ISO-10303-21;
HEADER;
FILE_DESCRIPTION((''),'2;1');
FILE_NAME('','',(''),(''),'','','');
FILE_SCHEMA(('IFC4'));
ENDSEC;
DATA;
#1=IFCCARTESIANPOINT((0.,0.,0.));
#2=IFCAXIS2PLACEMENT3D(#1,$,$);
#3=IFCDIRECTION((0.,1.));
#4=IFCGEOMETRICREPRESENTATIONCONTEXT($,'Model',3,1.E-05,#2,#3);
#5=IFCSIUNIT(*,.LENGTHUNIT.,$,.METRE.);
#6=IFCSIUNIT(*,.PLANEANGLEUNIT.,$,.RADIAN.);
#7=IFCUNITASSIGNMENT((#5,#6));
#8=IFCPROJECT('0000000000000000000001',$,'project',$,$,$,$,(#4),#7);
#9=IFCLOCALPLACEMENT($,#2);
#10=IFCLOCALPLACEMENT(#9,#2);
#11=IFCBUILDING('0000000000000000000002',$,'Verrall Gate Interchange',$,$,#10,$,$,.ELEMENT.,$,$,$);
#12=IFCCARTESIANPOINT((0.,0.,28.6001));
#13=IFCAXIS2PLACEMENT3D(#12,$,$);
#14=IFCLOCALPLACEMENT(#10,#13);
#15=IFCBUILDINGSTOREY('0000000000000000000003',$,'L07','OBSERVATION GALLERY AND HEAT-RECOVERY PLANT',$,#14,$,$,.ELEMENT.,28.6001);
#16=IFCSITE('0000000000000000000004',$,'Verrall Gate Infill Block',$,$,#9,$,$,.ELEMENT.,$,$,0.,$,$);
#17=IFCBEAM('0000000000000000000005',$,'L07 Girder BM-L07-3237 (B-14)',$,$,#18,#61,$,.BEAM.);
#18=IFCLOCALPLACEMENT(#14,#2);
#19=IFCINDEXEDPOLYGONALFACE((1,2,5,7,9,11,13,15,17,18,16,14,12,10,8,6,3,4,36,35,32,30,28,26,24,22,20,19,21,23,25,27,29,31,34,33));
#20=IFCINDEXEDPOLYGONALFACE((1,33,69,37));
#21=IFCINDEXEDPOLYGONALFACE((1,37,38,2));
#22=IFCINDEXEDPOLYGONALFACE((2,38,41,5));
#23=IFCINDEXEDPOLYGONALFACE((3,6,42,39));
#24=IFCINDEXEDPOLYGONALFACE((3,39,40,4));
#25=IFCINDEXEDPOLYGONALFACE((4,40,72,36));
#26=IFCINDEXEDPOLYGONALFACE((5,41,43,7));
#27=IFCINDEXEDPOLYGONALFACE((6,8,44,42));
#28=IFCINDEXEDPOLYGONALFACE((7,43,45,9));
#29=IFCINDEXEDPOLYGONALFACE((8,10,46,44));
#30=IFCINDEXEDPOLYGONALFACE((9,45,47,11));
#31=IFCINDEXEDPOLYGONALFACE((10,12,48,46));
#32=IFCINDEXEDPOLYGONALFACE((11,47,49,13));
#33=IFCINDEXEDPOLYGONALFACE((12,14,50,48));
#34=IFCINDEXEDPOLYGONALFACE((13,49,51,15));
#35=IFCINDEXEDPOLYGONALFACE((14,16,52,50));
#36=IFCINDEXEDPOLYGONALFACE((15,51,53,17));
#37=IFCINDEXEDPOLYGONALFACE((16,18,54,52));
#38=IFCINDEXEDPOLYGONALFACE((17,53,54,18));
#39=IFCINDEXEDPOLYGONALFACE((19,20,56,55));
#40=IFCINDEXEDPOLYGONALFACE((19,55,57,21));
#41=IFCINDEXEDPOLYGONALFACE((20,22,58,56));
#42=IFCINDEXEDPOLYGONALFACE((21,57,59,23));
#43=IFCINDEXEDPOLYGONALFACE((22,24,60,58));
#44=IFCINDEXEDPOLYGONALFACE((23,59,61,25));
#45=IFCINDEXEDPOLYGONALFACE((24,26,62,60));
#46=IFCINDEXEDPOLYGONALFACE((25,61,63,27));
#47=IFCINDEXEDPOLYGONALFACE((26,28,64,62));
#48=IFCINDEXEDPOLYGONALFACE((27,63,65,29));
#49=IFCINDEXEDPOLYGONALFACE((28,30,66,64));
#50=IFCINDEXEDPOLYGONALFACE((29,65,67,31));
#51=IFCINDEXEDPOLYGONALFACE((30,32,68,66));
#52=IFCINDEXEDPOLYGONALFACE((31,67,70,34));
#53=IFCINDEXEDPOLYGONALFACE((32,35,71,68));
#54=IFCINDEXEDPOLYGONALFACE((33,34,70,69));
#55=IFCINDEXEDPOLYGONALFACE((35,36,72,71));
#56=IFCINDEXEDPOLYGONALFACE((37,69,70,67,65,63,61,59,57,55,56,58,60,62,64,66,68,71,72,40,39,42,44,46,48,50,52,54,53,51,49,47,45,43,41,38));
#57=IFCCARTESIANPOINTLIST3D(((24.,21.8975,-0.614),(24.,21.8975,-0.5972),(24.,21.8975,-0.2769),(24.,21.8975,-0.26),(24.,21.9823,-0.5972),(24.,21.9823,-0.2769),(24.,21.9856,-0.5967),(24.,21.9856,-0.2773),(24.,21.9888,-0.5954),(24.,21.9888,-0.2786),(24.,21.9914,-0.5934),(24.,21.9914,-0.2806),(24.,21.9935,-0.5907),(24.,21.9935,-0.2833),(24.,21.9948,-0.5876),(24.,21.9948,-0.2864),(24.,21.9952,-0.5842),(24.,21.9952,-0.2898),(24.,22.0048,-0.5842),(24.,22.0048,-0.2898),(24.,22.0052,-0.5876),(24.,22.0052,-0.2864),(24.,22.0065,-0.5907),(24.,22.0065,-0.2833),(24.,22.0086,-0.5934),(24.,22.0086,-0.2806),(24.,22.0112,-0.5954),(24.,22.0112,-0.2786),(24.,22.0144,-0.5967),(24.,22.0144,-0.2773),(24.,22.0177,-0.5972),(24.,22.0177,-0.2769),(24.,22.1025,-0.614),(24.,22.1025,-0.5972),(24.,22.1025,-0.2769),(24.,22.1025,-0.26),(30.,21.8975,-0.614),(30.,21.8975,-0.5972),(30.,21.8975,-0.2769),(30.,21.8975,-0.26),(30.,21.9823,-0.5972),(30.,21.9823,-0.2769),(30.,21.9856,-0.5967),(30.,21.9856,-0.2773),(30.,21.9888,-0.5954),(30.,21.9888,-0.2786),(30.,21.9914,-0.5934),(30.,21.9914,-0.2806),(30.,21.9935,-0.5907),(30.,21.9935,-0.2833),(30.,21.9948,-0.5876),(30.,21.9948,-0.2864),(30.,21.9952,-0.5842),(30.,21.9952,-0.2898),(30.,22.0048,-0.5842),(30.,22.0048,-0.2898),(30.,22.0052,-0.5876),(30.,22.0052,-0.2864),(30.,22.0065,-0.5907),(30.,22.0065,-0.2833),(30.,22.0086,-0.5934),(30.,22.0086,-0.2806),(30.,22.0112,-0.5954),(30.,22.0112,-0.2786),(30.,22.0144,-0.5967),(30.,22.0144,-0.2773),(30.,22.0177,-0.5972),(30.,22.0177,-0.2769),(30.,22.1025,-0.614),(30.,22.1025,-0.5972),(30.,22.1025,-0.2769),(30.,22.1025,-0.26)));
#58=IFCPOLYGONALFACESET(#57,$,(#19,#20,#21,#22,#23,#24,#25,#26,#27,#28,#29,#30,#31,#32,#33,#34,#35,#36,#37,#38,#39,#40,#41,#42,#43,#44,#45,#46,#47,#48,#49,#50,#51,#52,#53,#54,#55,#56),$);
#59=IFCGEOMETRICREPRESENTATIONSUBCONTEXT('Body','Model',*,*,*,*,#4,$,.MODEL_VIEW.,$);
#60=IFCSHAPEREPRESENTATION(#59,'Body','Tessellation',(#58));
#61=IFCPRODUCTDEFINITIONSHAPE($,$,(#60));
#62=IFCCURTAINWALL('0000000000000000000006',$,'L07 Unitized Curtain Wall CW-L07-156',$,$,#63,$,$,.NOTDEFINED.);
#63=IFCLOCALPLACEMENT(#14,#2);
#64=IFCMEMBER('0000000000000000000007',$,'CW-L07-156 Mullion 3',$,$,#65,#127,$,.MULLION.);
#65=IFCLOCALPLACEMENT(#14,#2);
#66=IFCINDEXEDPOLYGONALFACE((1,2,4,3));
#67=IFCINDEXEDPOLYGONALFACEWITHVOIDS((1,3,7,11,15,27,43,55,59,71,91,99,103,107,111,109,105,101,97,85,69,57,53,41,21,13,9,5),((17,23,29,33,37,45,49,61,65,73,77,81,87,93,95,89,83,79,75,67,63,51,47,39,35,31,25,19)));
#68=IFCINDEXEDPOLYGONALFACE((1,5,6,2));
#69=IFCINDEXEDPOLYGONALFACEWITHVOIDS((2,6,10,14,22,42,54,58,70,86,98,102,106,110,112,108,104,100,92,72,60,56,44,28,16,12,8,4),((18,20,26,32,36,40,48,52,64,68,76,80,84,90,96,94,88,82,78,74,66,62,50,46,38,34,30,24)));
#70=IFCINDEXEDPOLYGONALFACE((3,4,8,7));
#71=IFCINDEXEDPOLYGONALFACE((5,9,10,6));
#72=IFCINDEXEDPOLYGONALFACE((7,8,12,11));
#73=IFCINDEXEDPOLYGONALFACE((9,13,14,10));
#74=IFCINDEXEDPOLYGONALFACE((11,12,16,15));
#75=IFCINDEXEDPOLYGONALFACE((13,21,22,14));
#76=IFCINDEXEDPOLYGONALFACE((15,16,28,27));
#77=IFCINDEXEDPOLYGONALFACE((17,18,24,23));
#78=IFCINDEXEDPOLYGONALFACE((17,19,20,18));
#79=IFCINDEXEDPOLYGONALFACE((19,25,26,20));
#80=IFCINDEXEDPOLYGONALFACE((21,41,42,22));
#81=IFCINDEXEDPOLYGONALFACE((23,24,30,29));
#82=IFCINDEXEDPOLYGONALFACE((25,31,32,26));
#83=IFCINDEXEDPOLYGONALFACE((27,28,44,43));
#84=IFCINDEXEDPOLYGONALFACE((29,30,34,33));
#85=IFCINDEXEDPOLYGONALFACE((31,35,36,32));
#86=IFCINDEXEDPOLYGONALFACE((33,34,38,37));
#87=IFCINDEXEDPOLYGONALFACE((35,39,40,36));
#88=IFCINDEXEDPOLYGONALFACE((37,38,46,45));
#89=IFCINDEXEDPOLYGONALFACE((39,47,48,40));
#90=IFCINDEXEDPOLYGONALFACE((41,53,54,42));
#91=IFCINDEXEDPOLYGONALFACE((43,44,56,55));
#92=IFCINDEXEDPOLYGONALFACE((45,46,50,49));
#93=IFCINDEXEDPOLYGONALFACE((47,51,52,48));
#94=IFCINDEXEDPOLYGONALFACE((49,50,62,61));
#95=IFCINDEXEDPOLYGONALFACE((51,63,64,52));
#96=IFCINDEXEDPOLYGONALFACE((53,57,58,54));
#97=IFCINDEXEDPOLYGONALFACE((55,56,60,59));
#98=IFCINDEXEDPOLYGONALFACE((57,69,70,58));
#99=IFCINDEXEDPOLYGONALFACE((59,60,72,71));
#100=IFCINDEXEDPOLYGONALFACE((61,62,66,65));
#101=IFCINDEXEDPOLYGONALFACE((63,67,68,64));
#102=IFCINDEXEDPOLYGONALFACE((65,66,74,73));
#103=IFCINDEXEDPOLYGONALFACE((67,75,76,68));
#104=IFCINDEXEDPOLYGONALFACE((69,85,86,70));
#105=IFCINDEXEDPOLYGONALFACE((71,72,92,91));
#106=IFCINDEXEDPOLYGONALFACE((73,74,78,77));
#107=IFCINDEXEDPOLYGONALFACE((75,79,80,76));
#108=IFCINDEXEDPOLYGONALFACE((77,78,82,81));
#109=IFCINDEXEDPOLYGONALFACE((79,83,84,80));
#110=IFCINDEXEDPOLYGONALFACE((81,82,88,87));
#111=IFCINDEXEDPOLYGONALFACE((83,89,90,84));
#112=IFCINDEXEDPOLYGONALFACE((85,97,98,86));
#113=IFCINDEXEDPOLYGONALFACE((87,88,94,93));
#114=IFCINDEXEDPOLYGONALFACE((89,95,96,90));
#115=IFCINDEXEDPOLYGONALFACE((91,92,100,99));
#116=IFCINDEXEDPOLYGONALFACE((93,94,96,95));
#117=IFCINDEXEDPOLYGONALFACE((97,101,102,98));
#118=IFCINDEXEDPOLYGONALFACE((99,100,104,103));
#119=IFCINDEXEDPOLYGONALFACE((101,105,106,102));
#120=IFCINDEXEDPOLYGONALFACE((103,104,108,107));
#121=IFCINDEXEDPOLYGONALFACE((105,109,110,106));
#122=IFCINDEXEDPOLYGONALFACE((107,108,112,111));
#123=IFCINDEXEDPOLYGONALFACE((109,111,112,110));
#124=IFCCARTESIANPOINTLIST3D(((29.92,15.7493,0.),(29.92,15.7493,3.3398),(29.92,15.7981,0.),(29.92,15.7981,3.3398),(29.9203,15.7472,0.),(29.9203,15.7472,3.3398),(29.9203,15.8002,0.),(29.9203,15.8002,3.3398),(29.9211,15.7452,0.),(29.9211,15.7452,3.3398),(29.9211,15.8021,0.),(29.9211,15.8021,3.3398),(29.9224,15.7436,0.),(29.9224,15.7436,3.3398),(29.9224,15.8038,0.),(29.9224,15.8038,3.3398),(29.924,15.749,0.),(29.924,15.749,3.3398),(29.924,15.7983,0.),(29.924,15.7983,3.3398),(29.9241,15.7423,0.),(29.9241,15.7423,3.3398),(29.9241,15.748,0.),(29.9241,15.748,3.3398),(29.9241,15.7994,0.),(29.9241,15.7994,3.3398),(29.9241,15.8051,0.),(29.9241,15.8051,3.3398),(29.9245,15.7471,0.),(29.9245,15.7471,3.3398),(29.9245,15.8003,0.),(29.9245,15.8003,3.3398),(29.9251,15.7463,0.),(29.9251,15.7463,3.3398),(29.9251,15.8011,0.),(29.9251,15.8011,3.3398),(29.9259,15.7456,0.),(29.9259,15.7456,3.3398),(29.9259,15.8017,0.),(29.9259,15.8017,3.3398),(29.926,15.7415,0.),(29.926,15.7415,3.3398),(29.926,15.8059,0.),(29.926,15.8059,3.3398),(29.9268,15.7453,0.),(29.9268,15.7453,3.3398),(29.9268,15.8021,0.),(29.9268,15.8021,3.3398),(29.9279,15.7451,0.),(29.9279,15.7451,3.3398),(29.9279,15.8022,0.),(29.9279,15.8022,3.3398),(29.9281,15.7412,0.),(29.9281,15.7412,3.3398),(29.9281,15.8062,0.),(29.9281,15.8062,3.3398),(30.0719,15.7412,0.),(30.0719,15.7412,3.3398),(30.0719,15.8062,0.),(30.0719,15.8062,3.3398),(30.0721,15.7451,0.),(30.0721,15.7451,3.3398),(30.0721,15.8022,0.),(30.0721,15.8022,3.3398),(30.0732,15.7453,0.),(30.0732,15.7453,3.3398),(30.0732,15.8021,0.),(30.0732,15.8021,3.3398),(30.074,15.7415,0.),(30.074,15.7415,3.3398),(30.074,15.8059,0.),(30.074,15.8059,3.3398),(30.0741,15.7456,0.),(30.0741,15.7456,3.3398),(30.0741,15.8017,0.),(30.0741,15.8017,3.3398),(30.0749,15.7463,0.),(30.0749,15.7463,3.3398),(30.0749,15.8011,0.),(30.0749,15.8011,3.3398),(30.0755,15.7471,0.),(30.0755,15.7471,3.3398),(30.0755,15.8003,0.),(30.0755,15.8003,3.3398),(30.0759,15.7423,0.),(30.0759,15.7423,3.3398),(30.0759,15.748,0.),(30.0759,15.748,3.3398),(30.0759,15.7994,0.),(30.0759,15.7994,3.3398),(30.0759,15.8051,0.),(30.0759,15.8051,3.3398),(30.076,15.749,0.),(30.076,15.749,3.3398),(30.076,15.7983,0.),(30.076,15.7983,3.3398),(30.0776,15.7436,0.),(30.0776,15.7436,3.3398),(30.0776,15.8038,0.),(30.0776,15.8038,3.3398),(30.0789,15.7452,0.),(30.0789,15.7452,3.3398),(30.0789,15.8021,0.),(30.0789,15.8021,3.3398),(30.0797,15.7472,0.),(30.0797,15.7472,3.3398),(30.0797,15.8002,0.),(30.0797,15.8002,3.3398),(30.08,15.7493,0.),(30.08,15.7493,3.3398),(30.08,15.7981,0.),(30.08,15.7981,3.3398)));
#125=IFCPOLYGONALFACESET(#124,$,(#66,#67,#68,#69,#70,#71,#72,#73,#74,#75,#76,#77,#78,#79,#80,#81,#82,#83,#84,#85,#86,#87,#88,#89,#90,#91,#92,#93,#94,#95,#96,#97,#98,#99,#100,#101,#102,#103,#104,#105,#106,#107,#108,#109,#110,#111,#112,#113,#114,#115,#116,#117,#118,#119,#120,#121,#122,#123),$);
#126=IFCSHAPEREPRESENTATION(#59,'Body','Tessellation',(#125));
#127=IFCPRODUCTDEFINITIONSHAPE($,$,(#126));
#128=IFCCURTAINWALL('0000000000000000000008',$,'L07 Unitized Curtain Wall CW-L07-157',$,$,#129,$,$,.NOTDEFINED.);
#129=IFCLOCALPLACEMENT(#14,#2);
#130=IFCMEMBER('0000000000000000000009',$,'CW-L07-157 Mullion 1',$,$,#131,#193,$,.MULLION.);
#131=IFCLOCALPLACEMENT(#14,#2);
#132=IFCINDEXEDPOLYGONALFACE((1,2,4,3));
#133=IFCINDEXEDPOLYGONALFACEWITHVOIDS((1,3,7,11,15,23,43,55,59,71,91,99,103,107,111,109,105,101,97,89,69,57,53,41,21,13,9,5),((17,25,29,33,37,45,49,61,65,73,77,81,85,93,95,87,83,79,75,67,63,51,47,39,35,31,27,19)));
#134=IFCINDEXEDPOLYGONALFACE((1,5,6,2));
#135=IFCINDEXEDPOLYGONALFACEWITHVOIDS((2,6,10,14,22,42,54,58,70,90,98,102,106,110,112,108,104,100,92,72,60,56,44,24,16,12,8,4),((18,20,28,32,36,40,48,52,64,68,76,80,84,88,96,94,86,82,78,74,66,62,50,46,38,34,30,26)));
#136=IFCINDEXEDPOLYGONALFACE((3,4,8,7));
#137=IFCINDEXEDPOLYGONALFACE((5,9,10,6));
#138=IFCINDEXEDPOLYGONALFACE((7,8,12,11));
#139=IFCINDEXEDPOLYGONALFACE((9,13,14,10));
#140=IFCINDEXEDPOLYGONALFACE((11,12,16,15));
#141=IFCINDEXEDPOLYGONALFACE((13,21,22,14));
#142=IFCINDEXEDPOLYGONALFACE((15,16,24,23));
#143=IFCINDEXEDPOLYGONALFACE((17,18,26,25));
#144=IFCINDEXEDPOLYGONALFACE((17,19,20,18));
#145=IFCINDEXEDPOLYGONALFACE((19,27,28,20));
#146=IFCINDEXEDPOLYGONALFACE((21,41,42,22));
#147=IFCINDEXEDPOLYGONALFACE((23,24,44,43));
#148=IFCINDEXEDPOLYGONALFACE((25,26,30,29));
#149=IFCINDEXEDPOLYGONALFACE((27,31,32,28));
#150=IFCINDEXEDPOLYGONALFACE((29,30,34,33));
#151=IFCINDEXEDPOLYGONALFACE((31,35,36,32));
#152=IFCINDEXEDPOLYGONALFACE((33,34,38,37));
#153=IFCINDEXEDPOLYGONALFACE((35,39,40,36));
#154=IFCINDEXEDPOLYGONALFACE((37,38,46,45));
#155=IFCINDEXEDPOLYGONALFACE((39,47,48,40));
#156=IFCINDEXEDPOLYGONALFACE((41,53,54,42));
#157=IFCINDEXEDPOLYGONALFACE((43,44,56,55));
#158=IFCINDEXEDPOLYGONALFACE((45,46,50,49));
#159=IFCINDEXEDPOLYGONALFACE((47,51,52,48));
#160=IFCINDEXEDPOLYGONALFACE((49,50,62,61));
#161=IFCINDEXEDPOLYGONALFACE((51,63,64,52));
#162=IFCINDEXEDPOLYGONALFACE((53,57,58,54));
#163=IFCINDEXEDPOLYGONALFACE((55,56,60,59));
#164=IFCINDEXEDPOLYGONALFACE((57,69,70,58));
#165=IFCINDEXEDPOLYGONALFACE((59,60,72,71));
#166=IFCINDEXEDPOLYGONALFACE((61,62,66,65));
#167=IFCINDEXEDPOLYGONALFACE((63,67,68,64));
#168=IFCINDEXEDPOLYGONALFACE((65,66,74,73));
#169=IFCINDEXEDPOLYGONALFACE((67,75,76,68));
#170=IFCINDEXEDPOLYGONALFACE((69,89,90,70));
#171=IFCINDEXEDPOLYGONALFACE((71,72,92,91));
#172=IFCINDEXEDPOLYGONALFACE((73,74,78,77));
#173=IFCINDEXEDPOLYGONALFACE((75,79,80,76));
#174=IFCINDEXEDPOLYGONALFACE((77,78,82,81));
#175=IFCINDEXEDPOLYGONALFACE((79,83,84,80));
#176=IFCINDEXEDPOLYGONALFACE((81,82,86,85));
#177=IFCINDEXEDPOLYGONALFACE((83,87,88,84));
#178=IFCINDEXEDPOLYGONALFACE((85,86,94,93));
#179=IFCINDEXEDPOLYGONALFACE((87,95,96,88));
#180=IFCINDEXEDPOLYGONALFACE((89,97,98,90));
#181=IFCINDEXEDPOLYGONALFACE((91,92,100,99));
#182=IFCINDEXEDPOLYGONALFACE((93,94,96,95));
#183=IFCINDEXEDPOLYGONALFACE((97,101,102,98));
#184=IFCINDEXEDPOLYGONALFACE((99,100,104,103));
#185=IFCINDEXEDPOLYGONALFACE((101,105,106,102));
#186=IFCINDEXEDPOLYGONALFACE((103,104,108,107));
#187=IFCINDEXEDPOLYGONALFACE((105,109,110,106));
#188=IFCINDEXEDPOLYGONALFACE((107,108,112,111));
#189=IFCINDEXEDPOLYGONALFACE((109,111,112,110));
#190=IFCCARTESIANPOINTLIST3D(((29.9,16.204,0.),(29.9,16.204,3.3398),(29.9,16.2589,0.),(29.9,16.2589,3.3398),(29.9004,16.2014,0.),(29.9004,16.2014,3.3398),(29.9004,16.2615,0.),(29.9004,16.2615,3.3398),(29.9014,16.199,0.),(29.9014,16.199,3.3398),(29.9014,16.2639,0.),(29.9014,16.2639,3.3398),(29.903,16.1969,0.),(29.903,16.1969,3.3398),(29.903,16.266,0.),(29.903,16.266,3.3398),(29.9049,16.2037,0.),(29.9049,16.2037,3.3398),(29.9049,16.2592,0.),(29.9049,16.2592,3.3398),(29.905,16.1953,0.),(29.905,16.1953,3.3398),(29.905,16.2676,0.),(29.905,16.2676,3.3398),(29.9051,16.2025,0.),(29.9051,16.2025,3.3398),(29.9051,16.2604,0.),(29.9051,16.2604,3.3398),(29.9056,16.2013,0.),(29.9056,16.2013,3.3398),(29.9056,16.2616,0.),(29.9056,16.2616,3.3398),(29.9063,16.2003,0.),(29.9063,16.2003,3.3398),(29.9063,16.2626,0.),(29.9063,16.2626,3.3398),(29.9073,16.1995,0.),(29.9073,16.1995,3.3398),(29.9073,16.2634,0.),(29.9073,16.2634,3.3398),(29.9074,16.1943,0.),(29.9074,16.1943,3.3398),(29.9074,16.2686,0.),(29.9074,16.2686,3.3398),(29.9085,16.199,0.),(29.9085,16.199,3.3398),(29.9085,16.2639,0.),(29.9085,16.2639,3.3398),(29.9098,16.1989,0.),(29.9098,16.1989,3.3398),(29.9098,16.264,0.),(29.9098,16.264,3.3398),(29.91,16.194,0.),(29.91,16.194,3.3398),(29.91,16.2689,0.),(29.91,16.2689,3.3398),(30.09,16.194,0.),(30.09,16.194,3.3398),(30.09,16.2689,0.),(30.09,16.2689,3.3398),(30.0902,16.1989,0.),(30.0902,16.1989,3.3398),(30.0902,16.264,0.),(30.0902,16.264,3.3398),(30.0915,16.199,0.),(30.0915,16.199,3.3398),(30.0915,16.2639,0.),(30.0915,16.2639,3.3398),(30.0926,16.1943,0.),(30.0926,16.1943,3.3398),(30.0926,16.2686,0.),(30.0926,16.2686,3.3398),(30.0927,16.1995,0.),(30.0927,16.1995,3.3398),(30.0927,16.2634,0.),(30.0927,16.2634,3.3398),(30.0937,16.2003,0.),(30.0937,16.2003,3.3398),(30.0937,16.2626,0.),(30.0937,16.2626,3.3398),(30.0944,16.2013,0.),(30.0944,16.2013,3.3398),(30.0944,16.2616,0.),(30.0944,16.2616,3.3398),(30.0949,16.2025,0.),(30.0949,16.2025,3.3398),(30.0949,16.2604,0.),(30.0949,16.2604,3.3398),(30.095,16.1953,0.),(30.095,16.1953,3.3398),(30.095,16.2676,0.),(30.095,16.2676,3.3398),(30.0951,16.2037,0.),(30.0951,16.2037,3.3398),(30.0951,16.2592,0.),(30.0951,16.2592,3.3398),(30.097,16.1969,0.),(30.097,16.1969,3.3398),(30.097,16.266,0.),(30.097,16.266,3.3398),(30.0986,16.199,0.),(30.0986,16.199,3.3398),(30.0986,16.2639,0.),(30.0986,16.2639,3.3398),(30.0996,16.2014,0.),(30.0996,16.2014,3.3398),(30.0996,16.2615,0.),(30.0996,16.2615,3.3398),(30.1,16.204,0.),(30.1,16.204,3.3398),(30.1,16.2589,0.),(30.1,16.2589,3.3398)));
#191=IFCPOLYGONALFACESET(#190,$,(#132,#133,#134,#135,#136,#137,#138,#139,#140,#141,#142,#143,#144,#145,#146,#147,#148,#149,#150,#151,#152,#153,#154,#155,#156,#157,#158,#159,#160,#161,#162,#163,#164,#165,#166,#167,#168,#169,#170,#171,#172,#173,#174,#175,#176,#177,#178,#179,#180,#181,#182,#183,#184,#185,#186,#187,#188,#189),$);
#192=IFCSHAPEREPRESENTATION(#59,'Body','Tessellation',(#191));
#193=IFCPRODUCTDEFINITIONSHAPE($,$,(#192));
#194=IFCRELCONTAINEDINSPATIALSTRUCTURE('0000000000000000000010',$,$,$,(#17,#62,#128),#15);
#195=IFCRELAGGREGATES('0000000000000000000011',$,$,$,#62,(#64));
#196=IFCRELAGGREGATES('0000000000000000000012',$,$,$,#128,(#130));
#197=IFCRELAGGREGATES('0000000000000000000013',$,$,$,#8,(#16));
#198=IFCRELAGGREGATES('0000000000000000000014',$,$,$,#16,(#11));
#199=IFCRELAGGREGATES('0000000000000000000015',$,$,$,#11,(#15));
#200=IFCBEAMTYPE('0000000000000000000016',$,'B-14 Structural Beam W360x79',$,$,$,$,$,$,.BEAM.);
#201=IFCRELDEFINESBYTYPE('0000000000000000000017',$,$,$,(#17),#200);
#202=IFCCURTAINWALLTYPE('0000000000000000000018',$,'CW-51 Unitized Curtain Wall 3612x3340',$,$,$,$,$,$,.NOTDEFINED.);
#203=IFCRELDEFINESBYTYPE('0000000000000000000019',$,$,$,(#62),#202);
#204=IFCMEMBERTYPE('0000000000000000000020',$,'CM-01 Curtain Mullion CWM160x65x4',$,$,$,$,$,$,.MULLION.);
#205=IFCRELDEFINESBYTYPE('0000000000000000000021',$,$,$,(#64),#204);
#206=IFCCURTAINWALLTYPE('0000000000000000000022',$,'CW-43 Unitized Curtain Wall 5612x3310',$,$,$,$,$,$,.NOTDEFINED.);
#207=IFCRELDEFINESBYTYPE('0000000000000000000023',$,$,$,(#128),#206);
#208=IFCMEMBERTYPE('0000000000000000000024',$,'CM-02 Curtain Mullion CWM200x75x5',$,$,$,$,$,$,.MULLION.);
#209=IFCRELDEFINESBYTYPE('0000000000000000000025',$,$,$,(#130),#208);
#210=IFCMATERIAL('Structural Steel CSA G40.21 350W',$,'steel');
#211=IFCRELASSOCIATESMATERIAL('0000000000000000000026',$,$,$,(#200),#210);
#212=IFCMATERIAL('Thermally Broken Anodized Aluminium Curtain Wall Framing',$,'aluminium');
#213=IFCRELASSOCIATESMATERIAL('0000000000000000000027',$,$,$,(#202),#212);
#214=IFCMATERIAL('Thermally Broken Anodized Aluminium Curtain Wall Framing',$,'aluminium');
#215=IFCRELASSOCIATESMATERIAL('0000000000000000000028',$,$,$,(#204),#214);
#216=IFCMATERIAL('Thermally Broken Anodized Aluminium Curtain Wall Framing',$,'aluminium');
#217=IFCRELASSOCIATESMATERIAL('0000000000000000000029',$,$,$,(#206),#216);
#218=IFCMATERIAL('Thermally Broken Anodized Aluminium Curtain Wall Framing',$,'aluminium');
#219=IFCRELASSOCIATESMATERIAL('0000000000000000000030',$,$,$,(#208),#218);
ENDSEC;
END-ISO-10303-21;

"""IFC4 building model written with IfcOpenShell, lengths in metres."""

from ifc_helpers import new_model, si_unit, direction, frame, origin, origin_2d, place, context, subcontext, project, spatial, hollow_rectangle, i_section, extrude, material, material_profile, profile_set, type_object, element, aggregate, save


model = new_model("IFC4")

# Units and contexts
model_context = context("Model", 3, precision=1e-05, world=origin(), true_north=direction((0.0, 1.0)))
body_context = subcontext(model_context, "Body", "Model", "MODEL_VIEW")
ifc_project = project(units=[si_unit("LENGTHUNIT", "METRE"), si_unit("PLANEANGLEUNIT", "RADIAN")], contexts=[model_context])

# Site, building, storey
site_placement = place(None, origin())
site = spatial("IfcSite", under=ifc_project, at=site_placement, Name="Verrall Gate Infill Block", CompositionType="ELEMENT", RefElevation=0.0)
building_placement = place(site_placement, origin())
building = spatial("IfcBuilding", under=site, at=building_placement, Name="Verrall Gate Interchange", CompositionType="ELEMENT")
storey_placement = place(building_placement, frame((0.0, 0.0, 28.6001)))
storey = spatial("IfcBuildingStorey", under=building, at=storey_placement, Name="L07", Description="OBSERVATION GALLERY AND HEAT-RECOVERY PLANT", CompositionType="ELEMENT", Elevation=28.6001)

# Beam
ifc_material_1 = material(Name="Structural Steel CSA G40.21 350W", Category="steel")
ifc_material_profile_1 = material_profile(ifc_material_1, i_section(OverallWidth=0.2051, OverallDepth=0.354, WebThickness=0.0095, FlangeThickness=0.0168, FilletRadius=0.0129, at=origin_2d()), Name="W360x79")
ifc_profile_set_1 = profile_set([ifc_material_profile_1], Name="Structural Steel CSA G40.21 350W")
beam_type_1 = type_object("IfcBeamType", Name="B-14 Structural Beam W360x79", PredefinedType="BEAM", material=ifc_profile_set_1)
for number, where, z_axis, x_axis, name in (
    (1, (24.0, 22.0, -0.437), (1.0, 0.0, 0.0), (0.0, 1.0, 0.0), "L07 Girder BM-L07-3237 (B-14)"),
):
    element("IfcBeam", number, at=place(storey_placement, frame(where, z_axis=z_axis, x_axis=x_axis)), inside=storey, type_object=beam_type_1, Name=name, PredefinedType="BEAM", context=body_context, shape_type="SweptSolid", body=[
        extrude(i_section(OverallWidth=0.2051, OverallDepth=0.354, WebThickness=0.0095, FlangeThickness=0.0168, FilletRadius=0.0129, at=origin_2d()), origin(), (0.0, 0.0, 1.0), 6.0),
    ])

# Curtain wall, member
ifc_material_2 = material(Name="Thermally Broken Anodized Aluminium Curtain Wall Framing", Category="aluminium")
curtain_wall_type_1 = type_object("IfcCurtainWallType", Name="CW-51 Unitized Curtain Wall 3612x3340", PredefinedType="NOTDEFINED", material=ifc_material_2)
curtain_wall_1_placement = place(storey_placement, origin())
curtain_wall_1 = element("IfcCurtainWall", 2, at=curtain_wall_1_placement, inside=storey, type_object=curtain_wall_type_1, Name="L07 Unitized Curtain Wall CW-L07-156", PredefinedType="NOTDEFINED")
ifc_material_3 = material(Name="Thermally Broken Anodized Aluminium Curtain Wall Framing", Category="aluminium")
ifc_material_profile_2 = material_profile(ifc_material_3, hollow_rectangle(XDim=0.0649, YDim=0.1599, WallThickness=0.0039, InnerFilletRadius=0.0039, OuterFilletRadius=0.0081, at=origin_2d()), Name="CWM160x65x4")
ifc_profile_set_2 = profile_set([ifc_material_profile_2], Name="Thermally Broken Anodized Aluminium Curtain Wall Framing")
member_type_1 = type_object("IfcMemberType", Name="CM-01 Curtain Mullion CWM160x65x4", PredefinedType="MULLION", material=ifc_profile_set_2)
member_1_placement = place(storey_placement, frame((30.0, 15.7737, 0.0), z_axis=(0.0, 0.0, 1.0), x_axis=(0.0, 1.0, 0.0)))
member_1 = element("IfcMember", 3, at=member_1_placement, type_object=member_type_1, Name="CW-L07-156 Mullion 3", PredefinedType="MULLION", context=body_context, shape_type="SweptSolid", body=[
    extrude(hollow_rectangle(XDim=0.0649, YDim=0.1599, WallThickness=0.0039, InnerFilletRadius=0.0039, OuterFilletRadius=0.0081, at=origin_2d()), origin(), (0.0, 0.0, 1.0), 3.3398),
])
aggregate(curtain_wall_1, [member_1])

# Curtain wall, member
ifc_material_4 = material(Name="Thermally Broken Anodized Aluminium Curtain Wall Framing", Category="aluminium")
curtain_wall_type_2 = type_object("IfcCurtainWallType", Name="CW-43 Unitized Curtain Wall 5612x3310", PredefinedType="NOTDEFINED", material=ifc_material_4)
curtain_wall_2_placement = place(storey_placement, origin())
curtain_wall_2 = element("IfcCurtainWall", 4, at=curtain_wall_2_placement, inside=storey, type_object=curtain_wall_type_2, Name="L07 Unitized Curtain Wall CW-L07-157", PredefinedType="NOTDEFINED")
ifc_material_5 = material(Name="Thermally Broken Anodized Aluminium Curtain Wall Framing", Category="aluminium")
ifc_material_profile_3 = material_profile(ifc_material_5, hollow_rectangle(XDim=0.075, YDim=0.2, WallThickness=0.0049, InnerFilletRadius=0.0049, OuterFilletRadius=0.01, at=origin_2d()), Name="CWM200x75x5")
ifc_profile_set_3 = profile_set([ifc_material_profile_3], Name="Thermally Broken Anodized Aluminium Curtain Wall Framing")
member_type_2 = type_object("IfcMemberType", Name="CM-02 Curtain Mullion CWM200x75x5", PredefinedType="MULLION", material=ifc_profile_set_3)
member_2_placement = place(storey_placement, frame((30.0, 16.2314, 0.0), z_axis=(0.0, 0.0, 1.0), x_axis=(0.0, 1.0, 0.0)))
member_2 = element("IfcMember", 5, at=member_2_placement, type_object=member_type_2, Name="CW-L07-157 Mullion 1", PredefinedType="MULLION", context=body_context, shape_type="SweptSolid", body=[
    extrude(hollow_rectangle(XDim=0.075, YDim=0.2, WallThickness=0.0049, InnerFilletRadius=0.0049, OuterFilletRadius=0.01, at=origin_2d()), origin(), (0.0, 0.0, 1.0), 3.3398),
])

aggregate(curtain_wall_2, [member_2])

save(model, "model.ifc")
